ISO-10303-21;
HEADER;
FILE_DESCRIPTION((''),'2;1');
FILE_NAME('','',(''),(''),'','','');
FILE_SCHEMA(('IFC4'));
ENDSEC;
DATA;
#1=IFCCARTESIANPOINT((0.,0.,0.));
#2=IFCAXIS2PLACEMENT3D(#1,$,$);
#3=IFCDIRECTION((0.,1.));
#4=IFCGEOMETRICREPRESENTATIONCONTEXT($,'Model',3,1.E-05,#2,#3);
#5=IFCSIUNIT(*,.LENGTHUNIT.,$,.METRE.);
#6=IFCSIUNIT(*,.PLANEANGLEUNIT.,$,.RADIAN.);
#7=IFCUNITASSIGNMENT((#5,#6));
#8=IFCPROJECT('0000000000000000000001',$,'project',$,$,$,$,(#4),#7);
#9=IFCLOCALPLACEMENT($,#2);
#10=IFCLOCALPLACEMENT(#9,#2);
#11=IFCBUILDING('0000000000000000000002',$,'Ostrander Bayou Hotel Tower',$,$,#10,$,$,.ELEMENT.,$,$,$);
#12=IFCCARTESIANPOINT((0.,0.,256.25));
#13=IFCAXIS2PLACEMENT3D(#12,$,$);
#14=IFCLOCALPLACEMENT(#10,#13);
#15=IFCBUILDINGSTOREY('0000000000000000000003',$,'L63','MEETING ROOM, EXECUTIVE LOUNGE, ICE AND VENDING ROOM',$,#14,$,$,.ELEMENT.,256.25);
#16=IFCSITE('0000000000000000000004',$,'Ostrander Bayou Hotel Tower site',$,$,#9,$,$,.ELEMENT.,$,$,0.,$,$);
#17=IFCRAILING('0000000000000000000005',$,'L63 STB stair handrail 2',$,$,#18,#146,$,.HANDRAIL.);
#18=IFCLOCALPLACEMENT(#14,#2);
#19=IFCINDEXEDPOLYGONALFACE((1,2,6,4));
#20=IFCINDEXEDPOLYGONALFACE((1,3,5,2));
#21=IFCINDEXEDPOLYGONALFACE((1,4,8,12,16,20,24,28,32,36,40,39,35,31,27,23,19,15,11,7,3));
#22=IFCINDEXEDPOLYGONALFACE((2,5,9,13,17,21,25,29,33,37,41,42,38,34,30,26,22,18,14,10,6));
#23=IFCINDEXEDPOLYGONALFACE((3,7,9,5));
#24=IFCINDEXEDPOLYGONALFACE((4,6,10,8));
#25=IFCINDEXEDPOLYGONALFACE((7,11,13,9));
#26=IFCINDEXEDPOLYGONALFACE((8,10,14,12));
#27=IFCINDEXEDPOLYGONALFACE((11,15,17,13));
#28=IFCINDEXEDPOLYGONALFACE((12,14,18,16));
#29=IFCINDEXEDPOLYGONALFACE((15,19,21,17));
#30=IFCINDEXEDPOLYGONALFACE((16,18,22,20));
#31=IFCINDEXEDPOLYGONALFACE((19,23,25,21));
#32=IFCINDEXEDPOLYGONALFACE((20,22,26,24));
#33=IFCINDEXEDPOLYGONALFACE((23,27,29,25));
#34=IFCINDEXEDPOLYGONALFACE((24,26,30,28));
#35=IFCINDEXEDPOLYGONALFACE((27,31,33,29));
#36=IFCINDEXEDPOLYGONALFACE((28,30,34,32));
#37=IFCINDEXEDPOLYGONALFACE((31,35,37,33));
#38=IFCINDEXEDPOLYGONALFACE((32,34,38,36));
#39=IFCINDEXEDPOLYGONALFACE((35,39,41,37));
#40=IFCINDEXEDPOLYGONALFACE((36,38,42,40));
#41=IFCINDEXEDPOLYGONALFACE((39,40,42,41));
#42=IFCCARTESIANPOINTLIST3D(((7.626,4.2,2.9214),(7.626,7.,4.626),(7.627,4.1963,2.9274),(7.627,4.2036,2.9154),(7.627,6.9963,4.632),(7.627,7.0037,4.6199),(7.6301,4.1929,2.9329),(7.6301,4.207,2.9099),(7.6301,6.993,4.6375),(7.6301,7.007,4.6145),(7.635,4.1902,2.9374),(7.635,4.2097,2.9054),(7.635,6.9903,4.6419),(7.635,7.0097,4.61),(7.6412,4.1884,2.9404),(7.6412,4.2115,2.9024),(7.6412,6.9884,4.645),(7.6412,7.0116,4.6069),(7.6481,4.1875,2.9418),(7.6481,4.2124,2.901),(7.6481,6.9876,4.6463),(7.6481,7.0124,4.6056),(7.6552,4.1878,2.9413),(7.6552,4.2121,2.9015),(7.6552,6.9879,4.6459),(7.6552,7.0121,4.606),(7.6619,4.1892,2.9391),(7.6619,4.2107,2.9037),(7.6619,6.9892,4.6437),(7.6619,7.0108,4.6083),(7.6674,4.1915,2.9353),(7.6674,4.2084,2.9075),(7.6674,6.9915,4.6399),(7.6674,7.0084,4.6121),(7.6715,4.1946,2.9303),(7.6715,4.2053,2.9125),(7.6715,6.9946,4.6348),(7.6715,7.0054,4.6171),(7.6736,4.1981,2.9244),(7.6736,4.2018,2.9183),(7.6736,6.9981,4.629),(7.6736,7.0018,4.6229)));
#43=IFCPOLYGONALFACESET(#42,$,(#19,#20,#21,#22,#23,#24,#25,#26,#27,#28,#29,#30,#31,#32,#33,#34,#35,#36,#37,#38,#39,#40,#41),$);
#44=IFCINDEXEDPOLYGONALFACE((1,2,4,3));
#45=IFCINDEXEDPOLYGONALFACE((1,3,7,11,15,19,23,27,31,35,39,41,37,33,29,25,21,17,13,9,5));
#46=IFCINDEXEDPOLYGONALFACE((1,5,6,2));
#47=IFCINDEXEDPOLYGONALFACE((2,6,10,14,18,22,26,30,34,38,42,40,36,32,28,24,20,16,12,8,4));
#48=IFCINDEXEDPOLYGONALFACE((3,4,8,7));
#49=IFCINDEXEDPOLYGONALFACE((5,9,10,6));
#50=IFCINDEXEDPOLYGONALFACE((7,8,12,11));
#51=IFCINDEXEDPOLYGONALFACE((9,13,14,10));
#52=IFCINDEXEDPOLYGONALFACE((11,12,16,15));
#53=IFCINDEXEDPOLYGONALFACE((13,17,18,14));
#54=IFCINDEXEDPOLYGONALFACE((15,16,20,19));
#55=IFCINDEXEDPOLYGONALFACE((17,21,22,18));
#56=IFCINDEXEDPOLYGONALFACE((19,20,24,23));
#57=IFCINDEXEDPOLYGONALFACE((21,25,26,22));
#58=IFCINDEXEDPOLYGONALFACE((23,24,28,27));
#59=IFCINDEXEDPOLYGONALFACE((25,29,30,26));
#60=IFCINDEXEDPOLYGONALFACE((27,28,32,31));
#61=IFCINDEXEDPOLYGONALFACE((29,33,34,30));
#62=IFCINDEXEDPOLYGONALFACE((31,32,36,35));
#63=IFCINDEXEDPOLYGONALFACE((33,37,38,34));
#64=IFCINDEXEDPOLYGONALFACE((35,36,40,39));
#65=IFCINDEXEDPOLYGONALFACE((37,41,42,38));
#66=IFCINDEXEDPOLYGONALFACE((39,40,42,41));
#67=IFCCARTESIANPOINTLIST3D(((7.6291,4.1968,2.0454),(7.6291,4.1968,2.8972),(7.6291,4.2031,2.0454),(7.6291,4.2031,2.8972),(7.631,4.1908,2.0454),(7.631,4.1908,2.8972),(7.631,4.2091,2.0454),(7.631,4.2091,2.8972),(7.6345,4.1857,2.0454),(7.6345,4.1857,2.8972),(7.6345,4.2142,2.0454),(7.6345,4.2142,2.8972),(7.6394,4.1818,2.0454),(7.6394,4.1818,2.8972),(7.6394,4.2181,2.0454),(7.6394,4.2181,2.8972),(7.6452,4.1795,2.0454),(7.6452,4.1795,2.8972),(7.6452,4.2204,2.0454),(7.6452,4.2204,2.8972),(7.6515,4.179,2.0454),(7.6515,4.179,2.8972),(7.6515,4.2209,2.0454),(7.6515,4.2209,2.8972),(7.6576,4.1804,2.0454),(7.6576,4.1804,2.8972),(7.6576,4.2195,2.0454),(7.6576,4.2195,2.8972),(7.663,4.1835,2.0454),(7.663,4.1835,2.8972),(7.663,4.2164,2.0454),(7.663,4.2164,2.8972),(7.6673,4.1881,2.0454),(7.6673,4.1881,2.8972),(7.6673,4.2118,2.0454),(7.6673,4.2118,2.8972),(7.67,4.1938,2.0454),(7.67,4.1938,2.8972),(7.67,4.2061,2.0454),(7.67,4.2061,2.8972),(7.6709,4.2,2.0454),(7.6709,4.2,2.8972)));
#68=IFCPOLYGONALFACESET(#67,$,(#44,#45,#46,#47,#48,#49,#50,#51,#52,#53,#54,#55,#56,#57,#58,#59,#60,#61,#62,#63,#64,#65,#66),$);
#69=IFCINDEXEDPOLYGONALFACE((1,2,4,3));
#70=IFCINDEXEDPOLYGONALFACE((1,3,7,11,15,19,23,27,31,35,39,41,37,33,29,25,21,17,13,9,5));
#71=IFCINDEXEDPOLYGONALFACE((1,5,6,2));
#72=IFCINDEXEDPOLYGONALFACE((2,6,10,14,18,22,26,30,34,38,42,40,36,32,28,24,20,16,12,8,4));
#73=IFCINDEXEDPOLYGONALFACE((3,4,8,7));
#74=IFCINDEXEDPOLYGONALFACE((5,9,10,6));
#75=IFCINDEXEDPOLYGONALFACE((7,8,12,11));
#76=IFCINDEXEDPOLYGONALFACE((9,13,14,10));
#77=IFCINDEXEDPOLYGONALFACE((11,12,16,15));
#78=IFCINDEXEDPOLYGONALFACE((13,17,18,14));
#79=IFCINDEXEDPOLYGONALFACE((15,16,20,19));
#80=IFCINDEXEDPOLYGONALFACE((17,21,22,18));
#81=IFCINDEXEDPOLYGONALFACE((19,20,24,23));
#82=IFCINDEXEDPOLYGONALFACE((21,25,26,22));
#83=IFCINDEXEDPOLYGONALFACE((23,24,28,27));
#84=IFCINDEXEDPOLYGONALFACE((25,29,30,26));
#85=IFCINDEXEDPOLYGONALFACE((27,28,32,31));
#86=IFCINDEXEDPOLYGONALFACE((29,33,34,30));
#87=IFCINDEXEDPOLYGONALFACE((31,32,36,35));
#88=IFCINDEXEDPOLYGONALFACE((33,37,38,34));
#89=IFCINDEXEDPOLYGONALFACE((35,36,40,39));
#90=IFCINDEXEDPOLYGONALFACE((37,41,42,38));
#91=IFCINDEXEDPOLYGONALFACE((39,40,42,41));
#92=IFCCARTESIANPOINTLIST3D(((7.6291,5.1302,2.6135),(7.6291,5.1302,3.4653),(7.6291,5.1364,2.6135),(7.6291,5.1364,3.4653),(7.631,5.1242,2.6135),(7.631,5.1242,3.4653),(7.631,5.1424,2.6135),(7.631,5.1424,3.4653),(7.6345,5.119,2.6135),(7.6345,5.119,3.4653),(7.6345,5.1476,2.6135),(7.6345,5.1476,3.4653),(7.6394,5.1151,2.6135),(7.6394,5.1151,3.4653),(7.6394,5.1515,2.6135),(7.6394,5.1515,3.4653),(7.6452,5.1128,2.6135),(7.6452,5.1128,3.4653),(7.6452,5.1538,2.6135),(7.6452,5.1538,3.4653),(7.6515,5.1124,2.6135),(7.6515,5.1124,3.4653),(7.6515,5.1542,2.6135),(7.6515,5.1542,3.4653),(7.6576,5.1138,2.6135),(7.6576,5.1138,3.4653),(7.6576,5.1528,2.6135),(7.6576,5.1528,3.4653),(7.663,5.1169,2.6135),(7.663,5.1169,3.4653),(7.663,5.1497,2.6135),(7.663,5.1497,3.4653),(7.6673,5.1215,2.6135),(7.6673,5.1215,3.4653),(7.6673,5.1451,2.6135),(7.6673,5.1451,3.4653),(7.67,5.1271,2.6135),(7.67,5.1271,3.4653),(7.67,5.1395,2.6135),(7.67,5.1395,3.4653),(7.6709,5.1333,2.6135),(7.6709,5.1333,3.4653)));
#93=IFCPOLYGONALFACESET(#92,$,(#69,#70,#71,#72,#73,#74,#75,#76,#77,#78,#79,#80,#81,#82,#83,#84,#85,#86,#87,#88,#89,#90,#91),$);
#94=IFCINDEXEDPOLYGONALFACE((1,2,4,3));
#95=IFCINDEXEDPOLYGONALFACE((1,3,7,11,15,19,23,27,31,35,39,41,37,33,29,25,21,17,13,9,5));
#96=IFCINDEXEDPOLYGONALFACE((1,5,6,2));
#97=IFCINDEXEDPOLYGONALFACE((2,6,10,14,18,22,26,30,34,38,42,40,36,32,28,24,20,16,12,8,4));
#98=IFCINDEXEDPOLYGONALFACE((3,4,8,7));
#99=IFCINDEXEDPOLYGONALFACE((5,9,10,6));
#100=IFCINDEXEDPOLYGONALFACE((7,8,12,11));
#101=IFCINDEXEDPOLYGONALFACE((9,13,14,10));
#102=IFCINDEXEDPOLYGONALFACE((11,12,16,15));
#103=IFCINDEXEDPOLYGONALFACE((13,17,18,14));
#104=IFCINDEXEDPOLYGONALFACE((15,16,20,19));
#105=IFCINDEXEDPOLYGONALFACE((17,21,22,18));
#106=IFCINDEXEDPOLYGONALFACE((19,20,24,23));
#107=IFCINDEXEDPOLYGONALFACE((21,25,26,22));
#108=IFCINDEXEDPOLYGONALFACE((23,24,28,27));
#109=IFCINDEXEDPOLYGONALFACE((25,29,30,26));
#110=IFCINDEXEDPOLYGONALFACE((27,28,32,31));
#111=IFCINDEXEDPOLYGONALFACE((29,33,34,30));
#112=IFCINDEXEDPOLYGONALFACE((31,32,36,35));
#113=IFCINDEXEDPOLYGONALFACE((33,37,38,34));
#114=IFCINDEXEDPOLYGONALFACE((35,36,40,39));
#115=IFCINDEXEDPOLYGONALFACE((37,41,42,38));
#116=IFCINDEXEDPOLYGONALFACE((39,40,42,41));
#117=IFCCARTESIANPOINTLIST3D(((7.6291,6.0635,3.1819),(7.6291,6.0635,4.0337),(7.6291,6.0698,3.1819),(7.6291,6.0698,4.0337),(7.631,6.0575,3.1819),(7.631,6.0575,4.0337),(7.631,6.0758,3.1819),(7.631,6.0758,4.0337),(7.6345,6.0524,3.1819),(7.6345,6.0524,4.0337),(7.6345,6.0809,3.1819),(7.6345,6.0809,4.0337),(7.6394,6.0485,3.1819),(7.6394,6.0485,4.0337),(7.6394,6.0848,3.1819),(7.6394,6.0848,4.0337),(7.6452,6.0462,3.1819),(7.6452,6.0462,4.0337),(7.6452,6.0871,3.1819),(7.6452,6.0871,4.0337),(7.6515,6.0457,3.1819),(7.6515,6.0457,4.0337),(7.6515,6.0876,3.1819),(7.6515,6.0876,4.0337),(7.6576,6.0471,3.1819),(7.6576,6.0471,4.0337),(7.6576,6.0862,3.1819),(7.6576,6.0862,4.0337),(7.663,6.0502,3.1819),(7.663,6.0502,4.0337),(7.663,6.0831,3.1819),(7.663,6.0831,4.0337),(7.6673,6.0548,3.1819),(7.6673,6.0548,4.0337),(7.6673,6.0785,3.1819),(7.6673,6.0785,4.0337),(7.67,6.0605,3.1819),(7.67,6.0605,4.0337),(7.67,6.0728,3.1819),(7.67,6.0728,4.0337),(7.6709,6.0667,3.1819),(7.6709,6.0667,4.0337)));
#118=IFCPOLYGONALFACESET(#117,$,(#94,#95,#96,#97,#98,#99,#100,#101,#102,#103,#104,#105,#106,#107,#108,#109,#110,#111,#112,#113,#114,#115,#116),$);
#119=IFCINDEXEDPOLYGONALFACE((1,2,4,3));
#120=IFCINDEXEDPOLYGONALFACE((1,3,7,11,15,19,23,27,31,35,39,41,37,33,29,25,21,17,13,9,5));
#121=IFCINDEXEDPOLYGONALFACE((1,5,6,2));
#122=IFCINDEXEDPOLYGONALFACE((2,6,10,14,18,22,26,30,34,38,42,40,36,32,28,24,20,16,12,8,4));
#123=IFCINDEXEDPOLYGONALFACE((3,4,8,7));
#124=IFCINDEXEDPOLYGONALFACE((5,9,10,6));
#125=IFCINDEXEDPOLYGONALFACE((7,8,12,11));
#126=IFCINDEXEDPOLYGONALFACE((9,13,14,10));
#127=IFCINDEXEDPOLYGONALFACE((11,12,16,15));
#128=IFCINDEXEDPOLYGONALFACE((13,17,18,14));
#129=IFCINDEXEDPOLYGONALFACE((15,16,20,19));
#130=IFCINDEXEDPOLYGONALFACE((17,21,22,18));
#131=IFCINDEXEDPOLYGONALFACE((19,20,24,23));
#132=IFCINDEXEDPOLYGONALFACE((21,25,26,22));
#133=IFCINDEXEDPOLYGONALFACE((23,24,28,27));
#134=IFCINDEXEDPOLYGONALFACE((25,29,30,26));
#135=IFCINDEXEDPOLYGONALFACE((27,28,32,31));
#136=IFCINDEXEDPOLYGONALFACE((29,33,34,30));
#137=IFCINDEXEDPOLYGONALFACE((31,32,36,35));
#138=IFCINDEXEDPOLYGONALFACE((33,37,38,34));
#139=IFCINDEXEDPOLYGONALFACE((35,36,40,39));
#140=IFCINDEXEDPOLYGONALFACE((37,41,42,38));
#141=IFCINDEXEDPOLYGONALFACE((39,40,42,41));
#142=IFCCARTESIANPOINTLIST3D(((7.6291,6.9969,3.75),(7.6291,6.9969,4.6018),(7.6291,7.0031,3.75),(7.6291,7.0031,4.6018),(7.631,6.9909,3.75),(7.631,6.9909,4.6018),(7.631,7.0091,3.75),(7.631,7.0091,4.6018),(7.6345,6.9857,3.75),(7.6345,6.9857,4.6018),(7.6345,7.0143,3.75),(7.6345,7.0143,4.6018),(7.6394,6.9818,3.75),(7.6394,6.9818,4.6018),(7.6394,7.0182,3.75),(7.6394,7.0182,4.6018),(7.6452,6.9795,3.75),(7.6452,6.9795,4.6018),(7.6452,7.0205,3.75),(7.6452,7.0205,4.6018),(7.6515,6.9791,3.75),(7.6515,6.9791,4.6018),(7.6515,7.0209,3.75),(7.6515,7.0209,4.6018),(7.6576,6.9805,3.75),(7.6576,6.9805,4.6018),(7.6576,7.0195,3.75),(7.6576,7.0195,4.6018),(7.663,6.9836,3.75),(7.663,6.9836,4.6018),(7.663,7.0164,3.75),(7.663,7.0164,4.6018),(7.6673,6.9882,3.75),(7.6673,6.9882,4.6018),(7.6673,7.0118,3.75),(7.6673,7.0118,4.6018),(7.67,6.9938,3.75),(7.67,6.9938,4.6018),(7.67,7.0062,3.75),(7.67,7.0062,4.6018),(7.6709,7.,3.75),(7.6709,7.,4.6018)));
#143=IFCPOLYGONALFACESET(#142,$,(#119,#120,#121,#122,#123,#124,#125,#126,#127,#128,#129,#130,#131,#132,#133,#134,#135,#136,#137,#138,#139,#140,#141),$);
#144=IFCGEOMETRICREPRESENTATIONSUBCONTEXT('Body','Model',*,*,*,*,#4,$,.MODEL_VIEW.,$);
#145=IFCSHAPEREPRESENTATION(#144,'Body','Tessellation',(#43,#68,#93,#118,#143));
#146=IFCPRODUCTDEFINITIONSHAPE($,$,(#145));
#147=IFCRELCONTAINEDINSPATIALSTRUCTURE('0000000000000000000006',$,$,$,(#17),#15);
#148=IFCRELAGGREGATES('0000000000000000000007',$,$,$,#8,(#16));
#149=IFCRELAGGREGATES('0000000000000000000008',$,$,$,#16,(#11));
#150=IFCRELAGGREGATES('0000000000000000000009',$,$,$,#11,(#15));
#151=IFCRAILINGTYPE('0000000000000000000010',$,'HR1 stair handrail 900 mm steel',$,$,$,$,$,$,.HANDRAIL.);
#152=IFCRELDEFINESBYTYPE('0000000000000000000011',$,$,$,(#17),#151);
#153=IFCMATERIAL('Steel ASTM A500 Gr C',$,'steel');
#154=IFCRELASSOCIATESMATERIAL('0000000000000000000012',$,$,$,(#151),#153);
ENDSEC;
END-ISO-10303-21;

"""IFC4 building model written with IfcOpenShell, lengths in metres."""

from ifc_helpers import new_model, si_unit, direction, frame, origin, origin_2d, place, context, subcontext, project, spatial, circle, extrude, material, type_object, element, save


model = new_model("IFC4")

# Units and contexts
model_context = context("Model", 3, precision=1e-05, world=origin(), true_north=direction((0.0, 1.0)))
body_context = subcontext(model_context, "Body", "Model", "MODEL_VIEW")
ifc_project = project(units=[si_unit("LENGTHUNIT", "METRE"), si_unit("PLANEANGLEUNIT", "RADIAN")], contexts=[model_context])

# Site, building, storey
site_placement = place(None, origin())
site = spatial("IfcSite", under=ifc_project, at=site_placement, Name="Ostrander Bayou Hotel Tower site", CompositionType="ELEMENT", RefElevation=0.0)
building_placement = place(site_placement, origin())
building = spatial("IfcBuilding", under=site, at=building_placement, Name="Ostrander Bayou Hotel Tower", CompositionType="ELEMENT")
storey_placement = place(building_placement, frame((0.0, 0.0, 256.25)))
storey = spatial("IfcBuildingStorey", under=building, at=storey_placement, Name="L63", Description="MEETING ROOM, EXECUTIVE LOUNGE, ICE AND VENDING ROOM", CompositionType="ELEMENT", Elevation=256.25)

# Railing
ifc_material_1 = material(Name="Steel ASTM A500 Gr C", Category="steel")
railing_type_1 = type_object("IfcRailingType", Name="HR1 stair handrail 900 mm steel", PredefinedType="HANDRAIL", material=ifc_material_1)
railing_1_placement = place(storey_placement, frame((7.6499, 4.2, 2.0454)))
element("IfcRailing", 1, at=railing_1_placement, inside=storey, type_object=railing_type_1, Name="L63 STB stair handrail 2", PredefinedType="HANDRAIL", context=body_context, shape_type="SweptSolid", body=[
    extrude(circle(Radius=0.0239, at=origin_2d()), frame((0.0, 0.0, 0.876), z_axis=(0.0, 0.85417, 0.519994), x_axis=(-1.0, 0.0, 0.0)), (0.0, 0.0, 1.0), 3.2781),
    extrude(circle(Radius=0.021, at=origin_2d()), origin(), (0.0, 0.0, 1.0), 0.8518),
    extrude(circle(Radius=0.021, at=origin_2d()), frame((0.0, 0.9333, 0.5681)), (0.0, 0.0, 1.0), 0.8518),
    extrude(circle(Radius=0.021, at=origin_2d()), frame((0.0, 1.8667, 1.1365)), (0.0, 0.0, 1.0), 0.8518),
    extrude(circle(Radius=0.021, at=origin_2d()), frame((0.0, 2.8, 1.7046)), (0.0, 0.0, 1.0), 0.8518),
])

save(model, "model.ifc")
